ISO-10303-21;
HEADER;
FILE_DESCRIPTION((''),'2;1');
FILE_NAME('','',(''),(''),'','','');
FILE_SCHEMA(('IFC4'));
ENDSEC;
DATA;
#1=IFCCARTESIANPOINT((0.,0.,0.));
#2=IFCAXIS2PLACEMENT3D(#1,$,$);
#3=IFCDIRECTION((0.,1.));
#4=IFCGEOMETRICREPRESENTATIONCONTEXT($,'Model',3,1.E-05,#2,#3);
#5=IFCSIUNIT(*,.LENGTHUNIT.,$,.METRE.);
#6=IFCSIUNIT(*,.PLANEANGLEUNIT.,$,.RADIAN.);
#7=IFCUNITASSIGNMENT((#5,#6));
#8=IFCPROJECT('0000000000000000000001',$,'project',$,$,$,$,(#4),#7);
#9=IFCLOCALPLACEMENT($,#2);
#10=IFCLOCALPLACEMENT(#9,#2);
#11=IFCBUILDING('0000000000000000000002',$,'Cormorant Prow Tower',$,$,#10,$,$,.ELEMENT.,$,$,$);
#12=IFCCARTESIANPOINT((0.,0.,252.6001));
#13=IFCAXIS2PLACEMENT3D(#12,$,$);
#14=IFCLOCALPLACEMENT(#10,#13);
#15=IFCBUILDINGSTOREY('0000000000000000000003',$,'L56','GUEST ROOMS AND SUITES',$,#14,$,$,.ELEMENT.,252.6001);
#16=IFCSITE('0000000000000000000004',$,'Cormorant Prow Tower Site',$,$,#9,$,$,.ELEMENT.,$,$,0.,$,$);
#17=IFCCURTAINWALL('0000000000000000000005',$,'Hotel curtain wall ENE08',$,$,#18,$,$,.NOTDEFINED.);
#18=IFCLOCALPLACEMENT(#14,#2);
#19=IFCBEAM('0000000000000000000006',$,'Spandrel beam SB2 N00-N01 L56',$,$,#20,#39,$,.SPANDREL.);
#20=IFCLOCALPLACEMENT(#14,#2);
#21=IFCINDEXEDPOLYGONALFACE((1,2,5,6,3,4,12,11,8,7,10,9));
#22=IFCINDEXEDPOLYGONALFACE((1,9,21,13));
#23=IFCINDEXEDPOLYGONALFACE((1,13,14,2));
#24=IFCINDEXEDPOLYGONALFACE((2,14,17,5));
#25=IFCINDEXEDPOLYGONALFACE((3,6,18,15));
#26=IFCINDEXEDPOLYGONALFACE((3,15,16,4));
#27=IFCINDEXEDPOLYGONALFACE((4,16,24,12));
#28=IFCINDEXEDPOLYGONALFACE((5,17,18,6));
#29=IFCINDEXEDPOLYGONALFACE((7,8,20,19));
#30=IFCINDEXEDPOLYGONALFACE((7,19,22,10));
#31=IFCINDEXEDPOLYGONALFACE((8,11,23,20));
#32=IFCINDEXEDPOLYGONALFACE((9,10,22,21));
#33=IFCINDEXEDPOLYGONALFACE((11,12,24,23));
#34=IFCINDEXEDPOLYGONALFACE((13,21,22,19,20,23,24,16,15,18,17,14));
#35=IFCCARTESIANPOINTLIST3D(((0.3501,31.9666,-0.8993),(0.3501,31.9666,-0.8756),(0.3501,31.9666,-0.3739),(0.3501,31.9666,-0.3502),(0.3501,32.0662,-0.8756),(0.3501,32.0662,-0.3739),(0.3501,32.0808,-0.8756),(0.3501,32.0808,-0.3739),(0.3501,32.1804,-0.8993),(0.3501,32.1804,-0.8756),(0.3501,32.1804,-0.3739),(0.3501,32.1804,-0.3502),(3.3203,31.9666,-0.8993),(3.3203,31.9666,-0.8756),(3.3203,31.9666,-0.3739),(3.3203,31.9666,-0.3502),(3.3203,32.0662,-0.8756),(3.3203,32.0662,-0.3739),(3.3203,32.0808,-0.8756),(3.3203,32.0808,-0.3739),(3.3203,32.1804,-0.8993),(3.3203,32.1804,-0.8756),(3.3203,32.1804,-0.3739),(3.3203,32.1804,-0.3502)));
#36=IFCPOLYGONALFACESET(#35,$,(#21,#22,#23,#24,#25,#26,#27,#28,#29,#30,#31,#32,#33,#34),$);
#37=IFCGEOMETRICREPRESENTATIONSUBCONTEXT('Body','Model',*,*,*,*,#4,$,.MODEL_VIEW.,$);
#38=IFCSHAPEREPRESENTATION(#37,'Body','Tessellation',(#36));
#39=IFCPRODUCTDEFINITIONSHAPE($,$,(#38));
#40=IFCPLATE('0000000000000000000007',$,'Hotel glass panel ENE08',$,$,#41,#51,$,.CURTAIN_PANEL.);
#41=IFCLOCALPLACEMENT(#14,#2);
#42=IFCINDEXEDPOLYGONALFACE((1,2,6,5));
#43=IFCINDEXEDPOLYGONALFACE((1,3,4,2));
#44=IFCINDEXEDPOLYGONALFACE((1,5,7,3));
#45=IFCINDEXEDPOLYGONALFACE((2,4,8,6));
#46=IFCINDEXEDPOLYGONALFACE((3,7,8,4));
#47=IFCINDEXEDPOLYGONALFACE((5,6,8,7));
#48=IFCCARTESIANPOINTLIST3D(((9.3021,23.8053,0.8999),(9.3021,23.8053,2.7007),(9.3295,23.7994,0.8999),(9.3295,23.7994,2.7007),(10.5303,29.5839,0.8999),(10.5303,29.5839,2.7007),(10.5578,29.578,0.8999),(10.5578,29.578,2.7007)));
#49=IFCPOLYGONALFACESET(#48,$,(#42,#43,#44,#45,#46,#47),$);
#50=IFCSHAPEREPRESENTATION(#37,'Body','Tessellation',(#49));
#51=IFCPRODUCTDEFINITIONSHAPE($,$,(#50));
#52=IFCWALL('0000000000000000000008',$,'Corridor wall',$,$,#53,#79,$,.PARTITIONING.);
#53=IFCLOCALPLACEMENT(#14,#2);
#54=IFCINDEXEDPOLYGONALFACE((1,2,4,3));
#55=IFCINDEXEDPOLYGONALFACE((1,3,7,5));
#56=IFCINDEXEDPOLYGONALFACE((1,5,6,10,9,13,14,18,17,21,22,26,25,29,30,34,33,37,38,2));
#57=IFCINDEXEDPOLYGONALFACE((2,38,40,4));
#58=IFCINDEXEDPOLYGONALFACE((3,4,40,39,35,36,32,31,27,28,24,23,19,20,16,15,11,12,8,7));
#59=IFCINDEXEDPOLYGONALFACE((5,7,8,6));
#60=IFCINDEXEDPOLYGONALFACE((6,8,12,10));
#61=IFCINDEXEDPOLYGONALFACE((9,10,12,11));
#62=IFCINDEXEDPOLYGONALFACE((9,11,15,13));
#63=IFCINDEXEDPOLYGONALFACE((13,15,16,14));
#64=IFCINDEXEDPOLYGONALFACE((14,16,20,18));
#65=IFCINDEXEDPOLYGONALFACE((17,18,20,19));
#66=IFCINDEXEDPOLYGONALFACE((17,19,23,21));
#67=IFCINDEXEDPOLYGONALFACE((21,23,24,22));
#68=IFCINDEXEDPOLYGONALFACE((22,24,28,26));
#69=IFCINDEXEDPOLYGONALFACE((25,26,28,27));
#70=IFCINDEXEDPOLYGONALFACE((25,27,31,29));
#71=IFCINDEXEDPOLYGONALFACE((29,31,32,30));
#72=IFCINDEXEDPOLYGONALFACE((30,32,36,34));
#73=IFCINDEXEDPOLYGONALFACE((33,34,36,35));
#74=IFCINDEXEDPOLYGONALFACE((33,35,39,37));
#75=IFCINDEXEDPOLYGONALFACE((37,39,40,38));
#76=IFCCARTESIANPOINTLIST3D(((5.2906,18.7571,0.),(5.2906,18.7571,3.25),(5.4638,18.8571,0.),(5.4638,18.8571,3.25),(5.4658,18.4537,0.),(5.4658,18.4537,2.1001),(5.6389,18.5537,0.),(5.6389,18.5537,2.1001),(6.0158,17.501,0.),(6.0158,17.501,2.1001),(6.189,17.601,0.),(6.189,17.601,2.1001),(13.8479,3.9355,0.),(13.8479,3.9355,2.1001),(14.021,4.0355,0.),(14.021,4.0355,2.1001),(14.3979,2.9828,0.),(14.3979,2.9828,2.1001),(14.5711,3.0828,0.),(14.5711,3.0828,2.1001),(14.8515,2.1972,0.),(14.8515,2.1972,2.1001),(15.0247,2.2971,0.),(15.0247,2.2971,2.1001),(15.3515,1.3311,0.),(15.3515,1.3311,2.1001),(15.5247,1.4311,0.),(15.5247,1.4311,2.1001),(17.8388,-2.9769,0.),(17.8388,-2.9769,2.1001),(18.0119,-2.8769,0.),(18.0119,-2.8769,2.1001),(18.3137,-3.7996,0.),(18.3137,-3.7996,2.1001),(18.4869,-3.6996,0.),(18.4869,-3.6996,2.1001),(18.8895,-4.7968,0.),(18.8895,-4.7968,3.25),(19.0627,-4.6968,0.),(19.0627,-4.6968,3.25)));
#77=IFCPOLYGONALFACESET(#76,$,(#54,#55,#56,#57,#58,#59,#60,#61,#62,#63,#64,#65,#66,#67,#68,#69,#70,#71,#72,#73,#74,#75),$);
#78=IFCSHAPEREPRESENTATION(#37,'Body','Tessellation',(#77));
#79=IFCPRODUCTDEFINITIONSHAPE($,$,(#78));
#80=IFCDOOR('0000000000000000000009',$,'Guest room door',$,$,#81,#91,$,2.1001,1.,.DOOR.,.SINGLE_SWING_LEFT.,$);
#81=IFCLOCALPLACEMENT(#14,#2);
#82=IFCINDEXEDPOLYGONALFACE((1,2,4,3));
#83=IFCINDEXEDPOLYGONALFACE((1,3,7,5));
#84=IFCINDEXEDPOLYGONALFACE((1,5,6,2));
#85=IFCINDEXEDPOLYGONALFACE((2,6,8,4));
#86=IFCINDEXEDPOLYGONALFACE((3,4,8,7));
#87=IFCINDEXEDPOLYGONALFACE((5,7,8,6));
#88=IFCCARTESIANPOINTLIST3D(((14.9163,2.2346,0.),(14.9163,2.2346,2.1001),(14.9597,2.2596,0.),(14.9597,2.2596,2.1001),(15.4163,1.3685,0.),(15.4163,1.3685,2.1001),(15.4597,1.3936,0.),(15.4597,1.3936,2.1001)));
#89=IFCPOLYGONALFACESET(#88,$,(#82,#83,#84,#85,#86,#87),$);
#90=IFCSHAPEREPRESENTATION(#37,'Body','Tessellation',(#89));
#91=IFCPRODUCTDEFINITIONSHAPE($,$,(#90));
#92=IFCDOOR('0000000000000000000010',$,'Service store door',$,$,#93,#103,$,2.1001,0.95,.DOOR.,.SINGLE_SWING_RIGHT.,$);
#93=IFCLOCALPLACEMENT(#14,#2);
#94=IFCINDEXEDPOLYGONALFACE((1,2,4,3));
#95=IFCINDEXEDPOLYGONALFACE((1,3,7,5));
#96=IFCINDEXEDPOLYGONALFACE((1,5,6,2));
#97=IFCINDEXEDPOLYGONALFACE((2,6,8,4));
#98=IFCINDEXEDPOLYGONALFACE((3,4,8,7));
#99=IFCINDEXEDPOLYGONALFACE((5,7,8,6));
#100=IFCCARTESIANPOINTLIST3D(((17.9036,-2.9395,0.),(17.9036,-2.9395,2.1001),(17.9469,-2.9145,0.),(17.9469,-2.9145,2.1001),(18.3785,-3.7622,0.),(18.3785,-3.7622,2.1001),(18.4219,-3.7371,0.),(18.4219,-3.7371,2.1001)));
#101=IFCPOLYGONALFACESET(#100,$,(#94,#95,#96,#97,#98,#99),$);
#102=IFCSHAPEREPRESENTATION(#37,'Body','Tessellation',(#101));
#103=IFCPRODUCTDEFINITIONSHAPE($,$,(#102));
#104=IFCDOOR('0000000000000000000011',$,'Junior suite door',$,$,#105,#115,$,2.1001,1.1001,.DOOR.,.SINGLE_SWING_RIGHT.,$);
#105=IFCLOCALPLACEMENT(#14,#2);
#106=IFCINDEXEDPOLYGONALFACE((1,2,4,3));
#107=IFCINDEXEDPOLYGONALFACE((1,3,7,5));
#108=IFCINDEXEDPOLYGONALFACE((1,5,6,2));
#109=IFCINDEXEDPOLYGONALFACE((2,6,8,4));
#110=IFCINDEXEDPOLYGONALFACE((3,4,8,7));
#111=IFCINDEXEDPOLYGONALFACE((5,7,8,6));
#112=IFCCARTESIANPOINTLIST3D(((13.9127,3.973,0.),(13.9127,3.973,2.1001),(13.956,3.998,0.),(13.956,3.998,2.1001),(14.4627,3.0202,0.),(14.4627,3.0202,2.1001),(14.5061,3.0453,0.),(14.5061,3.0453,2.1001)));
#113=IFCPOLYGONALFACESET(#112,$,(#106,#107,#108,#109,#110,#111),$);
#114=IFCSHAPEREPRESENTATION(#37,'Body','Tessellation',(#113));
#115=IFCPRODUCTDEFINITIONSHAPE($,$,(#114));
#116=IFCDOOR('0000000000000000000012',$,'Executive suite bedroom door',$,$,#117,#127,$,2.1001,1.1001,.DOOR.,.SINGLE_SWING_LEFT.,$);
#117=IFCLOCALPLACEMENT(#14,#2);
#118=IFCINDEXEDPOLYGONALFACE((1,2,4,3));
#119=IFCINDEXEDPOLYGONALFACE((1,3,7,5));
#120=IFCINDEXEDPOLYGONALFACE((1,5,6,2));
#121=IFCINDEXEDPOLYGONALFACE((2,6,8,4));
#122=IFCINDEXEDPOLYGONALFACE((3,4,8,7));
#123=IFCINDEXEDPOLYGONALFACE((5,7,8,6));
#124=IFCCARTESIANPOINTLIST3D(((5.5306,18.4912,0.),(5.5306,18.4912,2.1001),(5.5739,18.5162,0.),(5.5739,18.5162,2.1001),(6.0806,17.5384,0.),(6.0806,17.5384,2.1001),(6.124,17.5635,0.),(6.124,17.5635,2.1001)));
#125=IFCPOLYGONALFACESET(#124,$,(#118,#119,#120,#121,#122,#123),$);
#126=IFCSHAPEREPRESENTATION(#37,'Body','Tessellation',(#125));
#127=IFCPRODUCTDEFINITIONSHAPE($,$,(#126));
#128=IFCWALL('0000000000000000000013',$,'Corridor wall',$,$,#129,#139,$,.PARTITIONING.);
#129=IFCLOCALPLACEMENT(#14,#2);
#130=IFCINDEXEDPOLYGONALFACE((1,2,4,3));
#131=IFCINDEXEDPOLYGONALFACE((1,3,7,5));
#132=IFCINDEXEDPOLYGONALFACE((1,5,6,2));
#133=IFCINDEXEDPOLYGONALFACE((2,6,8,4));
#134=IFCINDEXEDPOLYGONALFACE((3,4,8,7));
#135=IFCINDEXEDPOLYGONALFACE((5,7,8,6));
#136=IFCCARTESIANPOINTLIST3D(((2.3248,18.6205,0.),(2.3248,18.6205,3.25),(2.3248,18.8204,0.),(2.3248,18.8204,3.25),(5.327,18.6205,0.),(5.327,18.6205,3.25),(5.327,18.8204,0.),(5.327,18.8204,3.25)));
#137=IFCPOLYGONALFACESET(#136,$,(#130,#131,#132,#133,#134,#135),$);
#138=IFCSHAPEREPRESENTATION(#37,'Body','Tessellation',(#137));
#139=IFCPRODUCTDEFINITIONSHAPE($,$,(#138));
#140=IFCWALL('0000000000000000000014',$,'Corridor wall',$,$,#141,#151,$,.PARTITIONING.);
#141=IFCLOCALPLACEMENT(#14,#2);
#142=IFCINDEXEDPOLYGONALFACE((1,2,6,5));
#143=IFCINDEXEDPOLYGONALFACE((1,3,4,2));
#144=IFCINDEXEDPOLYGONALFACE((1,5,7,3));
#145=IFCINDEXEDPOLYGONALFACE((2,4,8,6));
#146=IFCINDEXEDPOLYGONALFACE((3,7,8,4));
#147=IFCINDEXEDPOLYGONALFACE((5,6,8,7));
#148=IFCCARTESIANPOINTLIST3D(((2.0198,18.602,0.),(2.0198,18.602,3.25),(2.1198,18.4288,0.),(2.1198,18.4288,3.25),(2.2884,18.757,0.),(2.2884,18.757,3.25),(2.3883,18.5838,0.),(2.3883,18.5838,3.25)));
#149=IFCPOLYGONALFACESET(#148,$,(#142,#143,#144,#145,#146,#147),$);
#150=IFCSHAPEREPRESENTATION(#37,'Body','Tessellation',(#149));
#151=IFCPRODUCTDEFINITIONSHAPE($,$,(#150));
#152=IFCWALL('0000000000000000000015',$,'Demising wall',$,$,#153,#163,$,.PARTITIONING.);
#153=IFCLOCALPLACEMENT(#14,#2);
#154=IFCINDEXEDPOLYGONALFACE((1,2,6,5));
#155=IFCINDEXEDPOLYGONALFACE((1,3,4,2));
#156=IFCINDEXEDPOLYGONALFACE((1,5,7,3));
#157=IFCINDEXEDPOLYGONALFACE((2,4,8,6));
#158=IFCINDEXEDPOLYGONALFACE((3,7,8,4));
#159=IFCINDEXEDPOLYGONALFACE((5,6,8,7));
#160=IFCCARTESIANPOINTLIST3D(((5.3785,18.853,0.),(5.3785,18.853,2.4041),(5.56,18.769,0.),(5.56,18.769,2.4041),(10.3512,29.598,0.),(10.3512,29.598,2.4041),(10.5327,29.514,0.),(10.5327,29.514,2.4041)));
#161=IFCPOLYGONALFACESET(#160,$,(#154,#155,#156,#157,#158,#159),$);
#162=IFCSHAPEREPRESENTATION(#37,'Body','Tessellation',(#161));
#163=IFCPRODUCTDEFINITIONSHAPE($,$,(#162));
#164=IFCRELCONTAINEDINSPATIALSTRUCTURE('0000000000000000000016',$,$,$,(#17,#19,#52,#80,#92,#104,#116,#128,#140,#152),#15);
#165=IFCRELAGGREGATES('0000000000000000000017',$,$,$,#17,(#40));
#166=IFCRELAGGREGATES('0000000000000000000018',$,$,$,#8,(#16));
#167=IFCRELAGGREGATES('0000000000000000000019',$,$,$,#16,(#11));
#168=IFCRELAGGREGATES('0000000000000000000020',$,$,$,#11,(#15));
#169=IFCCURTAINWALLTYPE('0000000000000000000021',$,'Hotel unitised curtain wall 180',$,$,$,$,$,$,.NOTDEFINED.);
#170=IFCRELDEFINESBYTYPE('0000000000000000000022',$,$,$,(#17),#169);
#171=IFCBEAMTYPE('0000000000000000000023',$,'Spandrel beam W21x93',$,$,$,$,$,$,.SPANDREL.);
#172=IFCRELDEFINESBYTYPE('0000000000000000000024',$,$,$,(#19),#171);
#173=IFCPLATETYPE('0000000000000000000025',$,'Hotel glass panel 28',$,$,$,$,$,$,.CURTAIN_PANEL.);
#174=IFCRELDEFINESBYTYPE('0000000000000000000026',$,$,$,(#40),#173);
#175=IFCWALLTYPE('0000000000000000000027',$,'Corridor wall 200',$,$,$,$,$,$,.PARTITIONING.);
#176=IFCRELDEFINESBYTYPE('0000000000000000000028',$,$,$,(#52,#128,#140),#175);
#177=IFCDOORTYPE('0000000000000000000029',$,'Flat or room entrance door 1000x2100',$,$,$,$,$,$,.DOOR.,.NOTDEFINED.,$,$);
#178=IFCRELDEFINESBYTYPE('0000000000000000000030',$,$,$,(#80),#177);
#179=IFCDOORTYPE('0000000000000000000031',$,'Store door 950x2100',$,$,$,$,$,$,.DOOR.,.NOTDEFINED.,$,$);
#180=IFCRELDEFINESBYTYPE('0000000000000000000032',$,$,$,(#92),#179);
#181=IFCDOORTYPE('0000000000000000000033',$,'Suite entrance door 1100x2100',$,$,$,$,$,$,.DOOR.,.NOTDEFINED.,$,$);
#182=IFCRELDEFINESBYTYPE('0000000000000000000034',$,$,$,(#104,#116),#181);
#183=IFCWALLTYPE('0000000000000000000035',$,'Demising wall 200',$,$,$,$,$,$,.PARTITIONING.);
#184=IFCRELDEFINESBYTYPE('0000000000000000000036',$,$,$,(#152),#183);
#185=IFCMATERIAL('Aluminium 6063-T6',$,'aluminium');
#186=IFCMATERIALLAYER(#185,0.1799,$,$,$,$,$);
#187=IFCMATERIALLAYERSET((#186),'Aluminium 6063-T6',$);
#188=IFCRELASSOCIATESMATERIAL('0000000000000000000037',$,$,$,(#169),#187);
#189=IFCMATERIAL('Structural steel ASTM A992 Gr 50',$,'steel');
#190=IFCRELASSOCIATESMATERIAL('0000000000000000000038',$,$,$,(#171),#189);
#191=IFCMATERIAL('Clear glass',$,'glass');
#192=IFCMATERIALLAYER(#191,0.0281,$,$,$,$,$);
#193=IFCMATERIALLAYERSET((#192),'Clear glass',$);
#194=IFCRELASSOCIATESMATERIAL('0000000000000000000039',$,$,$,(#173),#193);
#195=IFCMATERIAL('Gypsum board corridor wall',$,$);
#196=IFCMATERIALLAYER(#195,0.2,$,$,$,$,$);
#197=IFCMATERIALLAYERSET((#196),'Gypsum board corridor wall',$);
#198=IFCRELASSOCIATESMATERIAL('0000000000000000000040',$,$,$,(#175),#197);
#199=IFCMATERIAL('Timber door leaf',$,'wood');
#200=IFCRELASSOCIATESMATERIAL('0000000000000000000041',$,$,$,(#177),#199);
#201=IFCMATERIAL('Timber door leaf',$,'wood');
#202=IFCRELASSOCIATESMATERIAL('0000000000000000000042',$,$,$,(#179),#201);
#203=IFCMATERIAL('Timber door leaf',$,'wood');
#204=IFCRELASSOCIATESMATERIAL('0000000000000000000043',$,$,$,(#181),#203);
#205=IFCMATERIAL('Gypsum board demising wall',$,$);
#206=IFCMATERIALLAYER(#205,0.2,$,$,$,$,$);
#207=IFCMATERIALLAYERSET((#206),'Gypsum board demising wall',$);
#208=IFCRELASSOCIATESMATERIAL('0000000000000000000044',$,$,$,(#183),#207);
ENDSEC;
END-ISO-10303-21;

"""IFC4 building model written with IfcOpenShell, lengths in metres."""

from ifc_helpers import new_model, si_unit, direction, frame, frame_2d, origin, origin_2d, place, context, subcontext, project, spatial, rectangle, i_section, extrude, material, layer, layer_set, material_profile, profile_set, type_object, element, fill, aggregate, save


model = new_model("IFC4")

# Units and contexts
model_context = context("Model", 3, precision=1e-05, world=origin(), true_north=direction((0.0, 1.0)))
body_context = subcontext(model_context, "Body", "Model", "MODEL_VIEW")
ifc_project = project(units=[si_unit("LENGTHUNIT", "METRE"), si_unit("PLANEANGLEUNIT", "RADIAN")], contexts=[model_context])

# Site, building, storey
site_placement = place(None, origin())
site = spatial("IfcSite", under=ifc_project, at=site_placement, Name="Cormorant Prow Tower Site", CompositionType="ELEMENT", RefElevation=0.0)
building_placement = place(site_placement, origin())
building = spatial("IfcBuilding", under=site, at=building_placement, Name="Cormorant Prow Tower", CompositionType="ELEMENT")
storey_placement = place(building_placement, frame((0.0, 0.0, 252.6001)))
storey = spatial("IfcBuildingStorey", under=building, at=storey_placement, Name="L56", Description="GUEST ROOMS AND SUITES", CompositionType="ELEMENT", Elevation=252.6001)

# Curtain wall
ifc_material_1 = material(Name="Aluminium 6063-T6", Category="aluminium")
ifc_layer_1 = layer(ifc_material_1, 0.1799)
ifc_layer_set_1 = layer_set([ifc_layer_1], Name="Aluminium 6063-T6")
curtain_wall_type = type_object("IfcCurtainWallType", Name="Hotel unitised curtain wall 180", PredefinedType="NOTDEFINED", material=ifc_layer_set_1)
curtain_wall_placement = place(storey_placement, origin())
curtain_wall = element("IfcCurtainWall", 1, at=curtain_wall_placement, inside=storey, type_object=curtain_wall_type, Name="Hotel curtain wall ENE08", PredefinedType="NOTDEFINED")

# Beam
ifc_material_2 = material(Name="Structural steel ASTM A992 Gr 50", Category="steel")
ifc_material_profile_1 = material_profile(ifc_material_2, i_section(OverallWidth=0.2139, OverallDepth=0.5491, WebThickness=0.0146, FlangeThickness=0.0237, at=origin_2d()), Name="W21x93")
ifc_profile_set_1 = profile_set([ifc_material_profile_1], Name="Structural steel ASTM A992 Gr 50")
beam_type = type_object("IfcBeamType", Name="Spandrel beam W21x93", PredefinedType="SPANDREL", material=ifc_profile_set_1)
beam_1_placement = place(storey_placement, frame((3.3203, 32.0735, -0.6248), z_axis=(-1.0, 0.0, 0.0), x_axis=(0.0, -1.0, 0.0)))
element("IfcBeam", 2, at=beam_1_placement, inside=storey, type_object=beam_type, Name="Spandrel beam SB2 N00-N01 L56", PredefinedType="SPANDREL", context=body_context, shape_type="SweptSolid", body=[
    extrude(i_section(OverallWidth=0.2139, OverallDepth=0.5491, WebThickness=0.0146, FlangeThickness=0.0237, at=origin_2d()), origin(), (0.0, 0.0, 1.0), 2.9702),
])

# Plate
ifc_material_3 = material(Name="Clear glass", Category="glass")
ifc_layer_2 = layer(ifc_material_3, 0.0281)
ifc_layer_set_2 = layer_set([ifc_layer_2], Name="Clear glass")
plate_type = type_object("IfcPlateType", Name="Hotel glass panel 28", PredefinedType="CURTAIN_PANEL", material=ifc_layer_set_2)
plate_placement = place(storey_placement, frame((9.9299, 26.6917, 0.8999), z_axis=(0.0, 0.0, 1.0), x_axis=(0.207912, 0.978148, 0.0)))
plate = element("IfcPlate", 3, at=plate_placement, type_object=plate_type, Name="Hotel glass panel ENE08", PredefinedType="CURTAIN_PANEL", context=body_context, shape_type="SweptSolid", body=[
    extrude(rectangle(XDim=5.9077, YDim=0.0281, at=origin_2d()), origin(), (0.0, 0.0, 1.0), 1.8008),
])
aggregate(curtain_wall, [plate])

# Wall, openings, doors
ifc_material_4 = material(Name="Gypsum board corridor wall")
ifc_layer_3 = layer(ifc_material_4, 0.2)
ifc_layer_set_3 = layer_set([ifc_layer_3], Name="Gypsum board corridor wall")
wall_type_1 = type_object("IfcWallType", Name="Corridor wall 200", PredefinedType="PARTITIONING", material=ifc_layer_set_3)
wall_1_placement = place(storey_placement, frame((5.3772, 18.8071, 0.0), z_axis=(0.0, 0.0, 1.0), x_axis=(0.5, -0.866025, 0.0)))
wall_1 = element("IfcWall", 4, at=wall_1_placement, inside=storey, type_object=wall_type_1, Name="Corridor wall", PredefinedType="PARTITIONING", context=body_context, shape_type="SweptSolid", body=[
    extrude(rectangle(XDim=27.1978, YDim=0.2, at=frame_2d((13.5989, 0.0))), origin(), (0.0, 0.0, 1.0), 3.25),
])
opening_1_placement = place(wall_1_placement, frame((25.0962, 0.0, 0.0)))
opening_1 = element("IfcOpeningElement", 5, at=opening_1_placement, cuts=wall_1, PredefinedType="OPENING", context=body_context, shape_type="SweptSolid", body=[
    extrude(rectangle(XDim=0.95, YDim=2.1001, at=frame_2d((0.4751, 1.05))), frame((0.0, 0.1099, 0.0), z_axis=(0.0, -1.0, 0.0), x_axis=(1.0, 0.0, 0.0)), (0.0, 0.0, 1.0), 0.22),
])
opening_2_placement = place(wall_1_placement, frame((19.1218, 0.0, 0.0)))
opening_2 = element("IfcOpeningElement", 6, at=opening_2_placement, cuts=wall_1, PredefinedType="OPENING", context=body_context, shape_type="SweptSolid", body=[
    extrude(rectangle(XDim=1.0, YDim=2.1001, at=frame_2d((0.5, 1.05))), frame((0.0, 0.1099, 0.0), z_axis=(0.0, -1.0, 0.0), x_axis=(1.0, 0.0, 0.0)), (0.0, 0.0, 1.0), 0.22),
])
opening_3_placement = place(wall_1_placement, frame((17.1145, 0.0, 0.0)))
opening_3 = element("IfcOpeningElement", 7, at=opening_3_placement, cuts=wall_1, PredefinedType="OPENING", context=body_context, shape_type="SweptSolid", body=[
    extrude(rectangle(XDim=1.1001, YDim=2.1001, at=frame_2d((0.55, 1.05))), frame((0.0, 0.1099, 0.0), z_axis=(0.0, -1.0, 0.0), x_axis=(1.0, 0.0, 0.0)), (0.0, 0.0, 1.0), 0.22),
])
opening_4_placement = place(wall_1_placement, frame((0.3503, 0.0, 0.0)))
opening_4 = element("IfcOpeningElement", 8, at=opening_4_placement, cuts=wall_1, PredefinedType="OPENING", context=body_context, shape_type="SweptSolid", body=[
    extrude(rectangle(XDim=1.1001, YDim=2.1001, at=frame_2d((0.55, 1.05))), frame((0.0, 0.1099, 0.0), z_axis=(0.0, -1.0, 0.0), x_axis=(1.0, 0.0, 0.0)), (0.0, 0.0, 1.0), 0.22),
])
ifc_material_5 = material(Name="Timber door leaf", Category="wood")
door_type_1 = type_object("IfcDoorType", Name="Flat or room entrance door 1000x2100", OperationType="NOTDEFINED", PredefinedType="DOOR", material=ifc_material_5)
door_1_placement = place(opening_2_placement, origin())
door_1 = element("IfcDoor", 9, at=door_1_placement, inside=storey, type_object=door_type_1, Name="Guest room door", OperationType="SINGLE_SWING_LEFT", OverallHeight=2.1001, OverallWidth=1.0, PredefinedType="DOOR", context=body_context, shape_type="SweptSolid", body=[
    extrude(rectangle(XDim=1.0, YDim=2.1001, at=frame_2d((0.5, 1.05))), frame((0.0, 0.0249, 0.0), z_axis=(0.0, -1.0, 0.0), x_axis=(1.0, 0.0, 0.0)), (0.0, 0.0, 1.0), 0.05),
])
fill(opening_2, door_1)
ifc_material_6 = material(Name="Timber door leaf", Category="wood")
door_type_2 = type_object("IfcDoorType", Name="Store door 950x2100", OperationType="NOTDEFINED", PredefinedType="DOOR", material=ifc_material_6)
door_2_placement = place(opening_1_placement, origin())
door_2 = element("IfcDoor", 10, at=door_2_placement, inside=storey, type_object=door_type_2, Name="Service store door", OperationType="SINGLE_SWING_RIGHT", OverallHeight=2.1001, OverallWidth=0.95, PredefinedType="DOOR", context=body_context, shape_type="SweptSolid", body=[
    extrude(rectangle(XDim=0.95, YDim=2.1001, at=frame_2d((0.4751, 1.05))), frame((0.0, 0.0249, 0.0), z_axis=(0.0, -1.0, 0.0), x_axis=(1.0, 0.0, 0.0)), (0.0, 0.0, 1.0), 0.05),
])
fill(opening_1, door_2)
ifc_material_7 = material(Name="Timber door leaf", Category="wood")
door_type_3 = type_object("IfcDoorType", Name="Suite entrance door 1100x2100", OperationType="NOTDEFINED", PredefinedType="DOOR", material=ifc_material_7)
door_3_placement = place(opening_3_placement, origin())
door_3 = element("IfcDoor", 11, at=door_3_placement, inside=storey, type_object=door_type_3, Name="Junior suite door", OperationType="SINGLE_SWING_RIGHT", OverallHeight=2.1001, OverallWidth=1.1001, PredefinedType="DOOR", context=body_context, shape_type="SweptSolid", body=[
    extrude(rectangle(XDim=1.1001, YDim=2.1001, at=frame_2d((0.55, 1.05))), frame((0.0, 0.0249, 0.0), z_axis=(0.0, -1.0, 0.0), x_axis=(1.0, 0.0, 0.0)), (0.0, 0.0, 1.0), 0.05),
])
fill(opening_3, door_3)
door_4_placement = place(opening_4_placement, origin())
door_4 = element("IfcDoor", 12, at=door_4_placement, inside=storey, type_object=door_type_3, Name="Executive suite bedroom door", OperationType="SINGLE_SWING_LEFT", OverallHeight=2.1001, OverallWidth=1.1001, PredefinedType="DOOR", context=body_context, shape_type="SweptSolid", body=[
    extrude(rectangle(XDim=1.1001, YDim=2.1001, at=frame_2d((0.55, 1.05))), frame((0.0, 0.0249, 0.0), z_axis=(0.0, -1.0, 0.0), x_axis=(1.0, 0.0, 0.0)), (0.0, 0.0, 1.0), 0.05),
])
fill(opening_4, door_4)

# Walls
wall_2_placement = place(storey_placement, frame((2.325, 18.7205, 0.0), z_axis=(0.0, 0.0, 1.0), x_axis=(1.0, 0.0, 0.0)))
element("IfcWall", 13, at=wall_2_placement, inside=storey, type_object=wall_type_1, Name="Corridor wall", PredefinedType="PARTITIONING", context=body_context, shape_type="SweptSolid", body=[
    extrude(rectangle(XDim=3.0022, YDim=0.2, at=frame_2d((1.501, 0.0))), origin(), (0.0, 0.0, 1.0), 3.25),
])
wall_3_placement = place(storey_placement, frame((2.0698, 18.5154, 0.0), z_axis=(0.0, 0.0, 1.0), x_axis=(0.866054, 0.49995, 0.0)))
element("IfcWall", 14, at=wall_3_placement, inside=storey, type_object=wall_type_1, Name="Corridor wall", PredefinedType="PARTITIONING", context=body_context, shape_type="SweptSolid", body=[
    extrude(rectangle(XDim=0.3101, YDim=0.2, at=frame_2d((0.155, 0.0))), origin(), (0.0, 0.0, 1.0), 3.25),
])
ifc_material_8 = material(Name="Gypsum board demising wall")
ifc_layer_4 = layer(ifc_material_8, 0.2)
ifc_layer_set_4 = layer_set([ifc_layer_4], Name="Gypsum board demising wall")
wall_type_2 = type_object("IfcWallType", Name="Demising wall 200", PredefinedType="PARTITIONING", material=ifc_layer_set_4)
wall_4_placement = place(storey_placement, frame((5.4692, 18.811, 0.0), z_axis=(0.0, 0.0, 1.0), x_axis=(0.419997, 0.907526, 0.0)))
element("IfcWall", 15, at=wall_4_placement, inside=storey, type_object=wall_type_2, Name="Demising wall", PredefinedType="PARTITIONING", context=body_context, shape_type="SweptSolid", body=[
    extrude(rectangle(XDim=11.8398, YDim=0.2, at=frame_2d((5.9199, 0.0))), origin(), (0.0, 0.0, 1.0), 2.4041),
])

save(model, "model.ifc")
